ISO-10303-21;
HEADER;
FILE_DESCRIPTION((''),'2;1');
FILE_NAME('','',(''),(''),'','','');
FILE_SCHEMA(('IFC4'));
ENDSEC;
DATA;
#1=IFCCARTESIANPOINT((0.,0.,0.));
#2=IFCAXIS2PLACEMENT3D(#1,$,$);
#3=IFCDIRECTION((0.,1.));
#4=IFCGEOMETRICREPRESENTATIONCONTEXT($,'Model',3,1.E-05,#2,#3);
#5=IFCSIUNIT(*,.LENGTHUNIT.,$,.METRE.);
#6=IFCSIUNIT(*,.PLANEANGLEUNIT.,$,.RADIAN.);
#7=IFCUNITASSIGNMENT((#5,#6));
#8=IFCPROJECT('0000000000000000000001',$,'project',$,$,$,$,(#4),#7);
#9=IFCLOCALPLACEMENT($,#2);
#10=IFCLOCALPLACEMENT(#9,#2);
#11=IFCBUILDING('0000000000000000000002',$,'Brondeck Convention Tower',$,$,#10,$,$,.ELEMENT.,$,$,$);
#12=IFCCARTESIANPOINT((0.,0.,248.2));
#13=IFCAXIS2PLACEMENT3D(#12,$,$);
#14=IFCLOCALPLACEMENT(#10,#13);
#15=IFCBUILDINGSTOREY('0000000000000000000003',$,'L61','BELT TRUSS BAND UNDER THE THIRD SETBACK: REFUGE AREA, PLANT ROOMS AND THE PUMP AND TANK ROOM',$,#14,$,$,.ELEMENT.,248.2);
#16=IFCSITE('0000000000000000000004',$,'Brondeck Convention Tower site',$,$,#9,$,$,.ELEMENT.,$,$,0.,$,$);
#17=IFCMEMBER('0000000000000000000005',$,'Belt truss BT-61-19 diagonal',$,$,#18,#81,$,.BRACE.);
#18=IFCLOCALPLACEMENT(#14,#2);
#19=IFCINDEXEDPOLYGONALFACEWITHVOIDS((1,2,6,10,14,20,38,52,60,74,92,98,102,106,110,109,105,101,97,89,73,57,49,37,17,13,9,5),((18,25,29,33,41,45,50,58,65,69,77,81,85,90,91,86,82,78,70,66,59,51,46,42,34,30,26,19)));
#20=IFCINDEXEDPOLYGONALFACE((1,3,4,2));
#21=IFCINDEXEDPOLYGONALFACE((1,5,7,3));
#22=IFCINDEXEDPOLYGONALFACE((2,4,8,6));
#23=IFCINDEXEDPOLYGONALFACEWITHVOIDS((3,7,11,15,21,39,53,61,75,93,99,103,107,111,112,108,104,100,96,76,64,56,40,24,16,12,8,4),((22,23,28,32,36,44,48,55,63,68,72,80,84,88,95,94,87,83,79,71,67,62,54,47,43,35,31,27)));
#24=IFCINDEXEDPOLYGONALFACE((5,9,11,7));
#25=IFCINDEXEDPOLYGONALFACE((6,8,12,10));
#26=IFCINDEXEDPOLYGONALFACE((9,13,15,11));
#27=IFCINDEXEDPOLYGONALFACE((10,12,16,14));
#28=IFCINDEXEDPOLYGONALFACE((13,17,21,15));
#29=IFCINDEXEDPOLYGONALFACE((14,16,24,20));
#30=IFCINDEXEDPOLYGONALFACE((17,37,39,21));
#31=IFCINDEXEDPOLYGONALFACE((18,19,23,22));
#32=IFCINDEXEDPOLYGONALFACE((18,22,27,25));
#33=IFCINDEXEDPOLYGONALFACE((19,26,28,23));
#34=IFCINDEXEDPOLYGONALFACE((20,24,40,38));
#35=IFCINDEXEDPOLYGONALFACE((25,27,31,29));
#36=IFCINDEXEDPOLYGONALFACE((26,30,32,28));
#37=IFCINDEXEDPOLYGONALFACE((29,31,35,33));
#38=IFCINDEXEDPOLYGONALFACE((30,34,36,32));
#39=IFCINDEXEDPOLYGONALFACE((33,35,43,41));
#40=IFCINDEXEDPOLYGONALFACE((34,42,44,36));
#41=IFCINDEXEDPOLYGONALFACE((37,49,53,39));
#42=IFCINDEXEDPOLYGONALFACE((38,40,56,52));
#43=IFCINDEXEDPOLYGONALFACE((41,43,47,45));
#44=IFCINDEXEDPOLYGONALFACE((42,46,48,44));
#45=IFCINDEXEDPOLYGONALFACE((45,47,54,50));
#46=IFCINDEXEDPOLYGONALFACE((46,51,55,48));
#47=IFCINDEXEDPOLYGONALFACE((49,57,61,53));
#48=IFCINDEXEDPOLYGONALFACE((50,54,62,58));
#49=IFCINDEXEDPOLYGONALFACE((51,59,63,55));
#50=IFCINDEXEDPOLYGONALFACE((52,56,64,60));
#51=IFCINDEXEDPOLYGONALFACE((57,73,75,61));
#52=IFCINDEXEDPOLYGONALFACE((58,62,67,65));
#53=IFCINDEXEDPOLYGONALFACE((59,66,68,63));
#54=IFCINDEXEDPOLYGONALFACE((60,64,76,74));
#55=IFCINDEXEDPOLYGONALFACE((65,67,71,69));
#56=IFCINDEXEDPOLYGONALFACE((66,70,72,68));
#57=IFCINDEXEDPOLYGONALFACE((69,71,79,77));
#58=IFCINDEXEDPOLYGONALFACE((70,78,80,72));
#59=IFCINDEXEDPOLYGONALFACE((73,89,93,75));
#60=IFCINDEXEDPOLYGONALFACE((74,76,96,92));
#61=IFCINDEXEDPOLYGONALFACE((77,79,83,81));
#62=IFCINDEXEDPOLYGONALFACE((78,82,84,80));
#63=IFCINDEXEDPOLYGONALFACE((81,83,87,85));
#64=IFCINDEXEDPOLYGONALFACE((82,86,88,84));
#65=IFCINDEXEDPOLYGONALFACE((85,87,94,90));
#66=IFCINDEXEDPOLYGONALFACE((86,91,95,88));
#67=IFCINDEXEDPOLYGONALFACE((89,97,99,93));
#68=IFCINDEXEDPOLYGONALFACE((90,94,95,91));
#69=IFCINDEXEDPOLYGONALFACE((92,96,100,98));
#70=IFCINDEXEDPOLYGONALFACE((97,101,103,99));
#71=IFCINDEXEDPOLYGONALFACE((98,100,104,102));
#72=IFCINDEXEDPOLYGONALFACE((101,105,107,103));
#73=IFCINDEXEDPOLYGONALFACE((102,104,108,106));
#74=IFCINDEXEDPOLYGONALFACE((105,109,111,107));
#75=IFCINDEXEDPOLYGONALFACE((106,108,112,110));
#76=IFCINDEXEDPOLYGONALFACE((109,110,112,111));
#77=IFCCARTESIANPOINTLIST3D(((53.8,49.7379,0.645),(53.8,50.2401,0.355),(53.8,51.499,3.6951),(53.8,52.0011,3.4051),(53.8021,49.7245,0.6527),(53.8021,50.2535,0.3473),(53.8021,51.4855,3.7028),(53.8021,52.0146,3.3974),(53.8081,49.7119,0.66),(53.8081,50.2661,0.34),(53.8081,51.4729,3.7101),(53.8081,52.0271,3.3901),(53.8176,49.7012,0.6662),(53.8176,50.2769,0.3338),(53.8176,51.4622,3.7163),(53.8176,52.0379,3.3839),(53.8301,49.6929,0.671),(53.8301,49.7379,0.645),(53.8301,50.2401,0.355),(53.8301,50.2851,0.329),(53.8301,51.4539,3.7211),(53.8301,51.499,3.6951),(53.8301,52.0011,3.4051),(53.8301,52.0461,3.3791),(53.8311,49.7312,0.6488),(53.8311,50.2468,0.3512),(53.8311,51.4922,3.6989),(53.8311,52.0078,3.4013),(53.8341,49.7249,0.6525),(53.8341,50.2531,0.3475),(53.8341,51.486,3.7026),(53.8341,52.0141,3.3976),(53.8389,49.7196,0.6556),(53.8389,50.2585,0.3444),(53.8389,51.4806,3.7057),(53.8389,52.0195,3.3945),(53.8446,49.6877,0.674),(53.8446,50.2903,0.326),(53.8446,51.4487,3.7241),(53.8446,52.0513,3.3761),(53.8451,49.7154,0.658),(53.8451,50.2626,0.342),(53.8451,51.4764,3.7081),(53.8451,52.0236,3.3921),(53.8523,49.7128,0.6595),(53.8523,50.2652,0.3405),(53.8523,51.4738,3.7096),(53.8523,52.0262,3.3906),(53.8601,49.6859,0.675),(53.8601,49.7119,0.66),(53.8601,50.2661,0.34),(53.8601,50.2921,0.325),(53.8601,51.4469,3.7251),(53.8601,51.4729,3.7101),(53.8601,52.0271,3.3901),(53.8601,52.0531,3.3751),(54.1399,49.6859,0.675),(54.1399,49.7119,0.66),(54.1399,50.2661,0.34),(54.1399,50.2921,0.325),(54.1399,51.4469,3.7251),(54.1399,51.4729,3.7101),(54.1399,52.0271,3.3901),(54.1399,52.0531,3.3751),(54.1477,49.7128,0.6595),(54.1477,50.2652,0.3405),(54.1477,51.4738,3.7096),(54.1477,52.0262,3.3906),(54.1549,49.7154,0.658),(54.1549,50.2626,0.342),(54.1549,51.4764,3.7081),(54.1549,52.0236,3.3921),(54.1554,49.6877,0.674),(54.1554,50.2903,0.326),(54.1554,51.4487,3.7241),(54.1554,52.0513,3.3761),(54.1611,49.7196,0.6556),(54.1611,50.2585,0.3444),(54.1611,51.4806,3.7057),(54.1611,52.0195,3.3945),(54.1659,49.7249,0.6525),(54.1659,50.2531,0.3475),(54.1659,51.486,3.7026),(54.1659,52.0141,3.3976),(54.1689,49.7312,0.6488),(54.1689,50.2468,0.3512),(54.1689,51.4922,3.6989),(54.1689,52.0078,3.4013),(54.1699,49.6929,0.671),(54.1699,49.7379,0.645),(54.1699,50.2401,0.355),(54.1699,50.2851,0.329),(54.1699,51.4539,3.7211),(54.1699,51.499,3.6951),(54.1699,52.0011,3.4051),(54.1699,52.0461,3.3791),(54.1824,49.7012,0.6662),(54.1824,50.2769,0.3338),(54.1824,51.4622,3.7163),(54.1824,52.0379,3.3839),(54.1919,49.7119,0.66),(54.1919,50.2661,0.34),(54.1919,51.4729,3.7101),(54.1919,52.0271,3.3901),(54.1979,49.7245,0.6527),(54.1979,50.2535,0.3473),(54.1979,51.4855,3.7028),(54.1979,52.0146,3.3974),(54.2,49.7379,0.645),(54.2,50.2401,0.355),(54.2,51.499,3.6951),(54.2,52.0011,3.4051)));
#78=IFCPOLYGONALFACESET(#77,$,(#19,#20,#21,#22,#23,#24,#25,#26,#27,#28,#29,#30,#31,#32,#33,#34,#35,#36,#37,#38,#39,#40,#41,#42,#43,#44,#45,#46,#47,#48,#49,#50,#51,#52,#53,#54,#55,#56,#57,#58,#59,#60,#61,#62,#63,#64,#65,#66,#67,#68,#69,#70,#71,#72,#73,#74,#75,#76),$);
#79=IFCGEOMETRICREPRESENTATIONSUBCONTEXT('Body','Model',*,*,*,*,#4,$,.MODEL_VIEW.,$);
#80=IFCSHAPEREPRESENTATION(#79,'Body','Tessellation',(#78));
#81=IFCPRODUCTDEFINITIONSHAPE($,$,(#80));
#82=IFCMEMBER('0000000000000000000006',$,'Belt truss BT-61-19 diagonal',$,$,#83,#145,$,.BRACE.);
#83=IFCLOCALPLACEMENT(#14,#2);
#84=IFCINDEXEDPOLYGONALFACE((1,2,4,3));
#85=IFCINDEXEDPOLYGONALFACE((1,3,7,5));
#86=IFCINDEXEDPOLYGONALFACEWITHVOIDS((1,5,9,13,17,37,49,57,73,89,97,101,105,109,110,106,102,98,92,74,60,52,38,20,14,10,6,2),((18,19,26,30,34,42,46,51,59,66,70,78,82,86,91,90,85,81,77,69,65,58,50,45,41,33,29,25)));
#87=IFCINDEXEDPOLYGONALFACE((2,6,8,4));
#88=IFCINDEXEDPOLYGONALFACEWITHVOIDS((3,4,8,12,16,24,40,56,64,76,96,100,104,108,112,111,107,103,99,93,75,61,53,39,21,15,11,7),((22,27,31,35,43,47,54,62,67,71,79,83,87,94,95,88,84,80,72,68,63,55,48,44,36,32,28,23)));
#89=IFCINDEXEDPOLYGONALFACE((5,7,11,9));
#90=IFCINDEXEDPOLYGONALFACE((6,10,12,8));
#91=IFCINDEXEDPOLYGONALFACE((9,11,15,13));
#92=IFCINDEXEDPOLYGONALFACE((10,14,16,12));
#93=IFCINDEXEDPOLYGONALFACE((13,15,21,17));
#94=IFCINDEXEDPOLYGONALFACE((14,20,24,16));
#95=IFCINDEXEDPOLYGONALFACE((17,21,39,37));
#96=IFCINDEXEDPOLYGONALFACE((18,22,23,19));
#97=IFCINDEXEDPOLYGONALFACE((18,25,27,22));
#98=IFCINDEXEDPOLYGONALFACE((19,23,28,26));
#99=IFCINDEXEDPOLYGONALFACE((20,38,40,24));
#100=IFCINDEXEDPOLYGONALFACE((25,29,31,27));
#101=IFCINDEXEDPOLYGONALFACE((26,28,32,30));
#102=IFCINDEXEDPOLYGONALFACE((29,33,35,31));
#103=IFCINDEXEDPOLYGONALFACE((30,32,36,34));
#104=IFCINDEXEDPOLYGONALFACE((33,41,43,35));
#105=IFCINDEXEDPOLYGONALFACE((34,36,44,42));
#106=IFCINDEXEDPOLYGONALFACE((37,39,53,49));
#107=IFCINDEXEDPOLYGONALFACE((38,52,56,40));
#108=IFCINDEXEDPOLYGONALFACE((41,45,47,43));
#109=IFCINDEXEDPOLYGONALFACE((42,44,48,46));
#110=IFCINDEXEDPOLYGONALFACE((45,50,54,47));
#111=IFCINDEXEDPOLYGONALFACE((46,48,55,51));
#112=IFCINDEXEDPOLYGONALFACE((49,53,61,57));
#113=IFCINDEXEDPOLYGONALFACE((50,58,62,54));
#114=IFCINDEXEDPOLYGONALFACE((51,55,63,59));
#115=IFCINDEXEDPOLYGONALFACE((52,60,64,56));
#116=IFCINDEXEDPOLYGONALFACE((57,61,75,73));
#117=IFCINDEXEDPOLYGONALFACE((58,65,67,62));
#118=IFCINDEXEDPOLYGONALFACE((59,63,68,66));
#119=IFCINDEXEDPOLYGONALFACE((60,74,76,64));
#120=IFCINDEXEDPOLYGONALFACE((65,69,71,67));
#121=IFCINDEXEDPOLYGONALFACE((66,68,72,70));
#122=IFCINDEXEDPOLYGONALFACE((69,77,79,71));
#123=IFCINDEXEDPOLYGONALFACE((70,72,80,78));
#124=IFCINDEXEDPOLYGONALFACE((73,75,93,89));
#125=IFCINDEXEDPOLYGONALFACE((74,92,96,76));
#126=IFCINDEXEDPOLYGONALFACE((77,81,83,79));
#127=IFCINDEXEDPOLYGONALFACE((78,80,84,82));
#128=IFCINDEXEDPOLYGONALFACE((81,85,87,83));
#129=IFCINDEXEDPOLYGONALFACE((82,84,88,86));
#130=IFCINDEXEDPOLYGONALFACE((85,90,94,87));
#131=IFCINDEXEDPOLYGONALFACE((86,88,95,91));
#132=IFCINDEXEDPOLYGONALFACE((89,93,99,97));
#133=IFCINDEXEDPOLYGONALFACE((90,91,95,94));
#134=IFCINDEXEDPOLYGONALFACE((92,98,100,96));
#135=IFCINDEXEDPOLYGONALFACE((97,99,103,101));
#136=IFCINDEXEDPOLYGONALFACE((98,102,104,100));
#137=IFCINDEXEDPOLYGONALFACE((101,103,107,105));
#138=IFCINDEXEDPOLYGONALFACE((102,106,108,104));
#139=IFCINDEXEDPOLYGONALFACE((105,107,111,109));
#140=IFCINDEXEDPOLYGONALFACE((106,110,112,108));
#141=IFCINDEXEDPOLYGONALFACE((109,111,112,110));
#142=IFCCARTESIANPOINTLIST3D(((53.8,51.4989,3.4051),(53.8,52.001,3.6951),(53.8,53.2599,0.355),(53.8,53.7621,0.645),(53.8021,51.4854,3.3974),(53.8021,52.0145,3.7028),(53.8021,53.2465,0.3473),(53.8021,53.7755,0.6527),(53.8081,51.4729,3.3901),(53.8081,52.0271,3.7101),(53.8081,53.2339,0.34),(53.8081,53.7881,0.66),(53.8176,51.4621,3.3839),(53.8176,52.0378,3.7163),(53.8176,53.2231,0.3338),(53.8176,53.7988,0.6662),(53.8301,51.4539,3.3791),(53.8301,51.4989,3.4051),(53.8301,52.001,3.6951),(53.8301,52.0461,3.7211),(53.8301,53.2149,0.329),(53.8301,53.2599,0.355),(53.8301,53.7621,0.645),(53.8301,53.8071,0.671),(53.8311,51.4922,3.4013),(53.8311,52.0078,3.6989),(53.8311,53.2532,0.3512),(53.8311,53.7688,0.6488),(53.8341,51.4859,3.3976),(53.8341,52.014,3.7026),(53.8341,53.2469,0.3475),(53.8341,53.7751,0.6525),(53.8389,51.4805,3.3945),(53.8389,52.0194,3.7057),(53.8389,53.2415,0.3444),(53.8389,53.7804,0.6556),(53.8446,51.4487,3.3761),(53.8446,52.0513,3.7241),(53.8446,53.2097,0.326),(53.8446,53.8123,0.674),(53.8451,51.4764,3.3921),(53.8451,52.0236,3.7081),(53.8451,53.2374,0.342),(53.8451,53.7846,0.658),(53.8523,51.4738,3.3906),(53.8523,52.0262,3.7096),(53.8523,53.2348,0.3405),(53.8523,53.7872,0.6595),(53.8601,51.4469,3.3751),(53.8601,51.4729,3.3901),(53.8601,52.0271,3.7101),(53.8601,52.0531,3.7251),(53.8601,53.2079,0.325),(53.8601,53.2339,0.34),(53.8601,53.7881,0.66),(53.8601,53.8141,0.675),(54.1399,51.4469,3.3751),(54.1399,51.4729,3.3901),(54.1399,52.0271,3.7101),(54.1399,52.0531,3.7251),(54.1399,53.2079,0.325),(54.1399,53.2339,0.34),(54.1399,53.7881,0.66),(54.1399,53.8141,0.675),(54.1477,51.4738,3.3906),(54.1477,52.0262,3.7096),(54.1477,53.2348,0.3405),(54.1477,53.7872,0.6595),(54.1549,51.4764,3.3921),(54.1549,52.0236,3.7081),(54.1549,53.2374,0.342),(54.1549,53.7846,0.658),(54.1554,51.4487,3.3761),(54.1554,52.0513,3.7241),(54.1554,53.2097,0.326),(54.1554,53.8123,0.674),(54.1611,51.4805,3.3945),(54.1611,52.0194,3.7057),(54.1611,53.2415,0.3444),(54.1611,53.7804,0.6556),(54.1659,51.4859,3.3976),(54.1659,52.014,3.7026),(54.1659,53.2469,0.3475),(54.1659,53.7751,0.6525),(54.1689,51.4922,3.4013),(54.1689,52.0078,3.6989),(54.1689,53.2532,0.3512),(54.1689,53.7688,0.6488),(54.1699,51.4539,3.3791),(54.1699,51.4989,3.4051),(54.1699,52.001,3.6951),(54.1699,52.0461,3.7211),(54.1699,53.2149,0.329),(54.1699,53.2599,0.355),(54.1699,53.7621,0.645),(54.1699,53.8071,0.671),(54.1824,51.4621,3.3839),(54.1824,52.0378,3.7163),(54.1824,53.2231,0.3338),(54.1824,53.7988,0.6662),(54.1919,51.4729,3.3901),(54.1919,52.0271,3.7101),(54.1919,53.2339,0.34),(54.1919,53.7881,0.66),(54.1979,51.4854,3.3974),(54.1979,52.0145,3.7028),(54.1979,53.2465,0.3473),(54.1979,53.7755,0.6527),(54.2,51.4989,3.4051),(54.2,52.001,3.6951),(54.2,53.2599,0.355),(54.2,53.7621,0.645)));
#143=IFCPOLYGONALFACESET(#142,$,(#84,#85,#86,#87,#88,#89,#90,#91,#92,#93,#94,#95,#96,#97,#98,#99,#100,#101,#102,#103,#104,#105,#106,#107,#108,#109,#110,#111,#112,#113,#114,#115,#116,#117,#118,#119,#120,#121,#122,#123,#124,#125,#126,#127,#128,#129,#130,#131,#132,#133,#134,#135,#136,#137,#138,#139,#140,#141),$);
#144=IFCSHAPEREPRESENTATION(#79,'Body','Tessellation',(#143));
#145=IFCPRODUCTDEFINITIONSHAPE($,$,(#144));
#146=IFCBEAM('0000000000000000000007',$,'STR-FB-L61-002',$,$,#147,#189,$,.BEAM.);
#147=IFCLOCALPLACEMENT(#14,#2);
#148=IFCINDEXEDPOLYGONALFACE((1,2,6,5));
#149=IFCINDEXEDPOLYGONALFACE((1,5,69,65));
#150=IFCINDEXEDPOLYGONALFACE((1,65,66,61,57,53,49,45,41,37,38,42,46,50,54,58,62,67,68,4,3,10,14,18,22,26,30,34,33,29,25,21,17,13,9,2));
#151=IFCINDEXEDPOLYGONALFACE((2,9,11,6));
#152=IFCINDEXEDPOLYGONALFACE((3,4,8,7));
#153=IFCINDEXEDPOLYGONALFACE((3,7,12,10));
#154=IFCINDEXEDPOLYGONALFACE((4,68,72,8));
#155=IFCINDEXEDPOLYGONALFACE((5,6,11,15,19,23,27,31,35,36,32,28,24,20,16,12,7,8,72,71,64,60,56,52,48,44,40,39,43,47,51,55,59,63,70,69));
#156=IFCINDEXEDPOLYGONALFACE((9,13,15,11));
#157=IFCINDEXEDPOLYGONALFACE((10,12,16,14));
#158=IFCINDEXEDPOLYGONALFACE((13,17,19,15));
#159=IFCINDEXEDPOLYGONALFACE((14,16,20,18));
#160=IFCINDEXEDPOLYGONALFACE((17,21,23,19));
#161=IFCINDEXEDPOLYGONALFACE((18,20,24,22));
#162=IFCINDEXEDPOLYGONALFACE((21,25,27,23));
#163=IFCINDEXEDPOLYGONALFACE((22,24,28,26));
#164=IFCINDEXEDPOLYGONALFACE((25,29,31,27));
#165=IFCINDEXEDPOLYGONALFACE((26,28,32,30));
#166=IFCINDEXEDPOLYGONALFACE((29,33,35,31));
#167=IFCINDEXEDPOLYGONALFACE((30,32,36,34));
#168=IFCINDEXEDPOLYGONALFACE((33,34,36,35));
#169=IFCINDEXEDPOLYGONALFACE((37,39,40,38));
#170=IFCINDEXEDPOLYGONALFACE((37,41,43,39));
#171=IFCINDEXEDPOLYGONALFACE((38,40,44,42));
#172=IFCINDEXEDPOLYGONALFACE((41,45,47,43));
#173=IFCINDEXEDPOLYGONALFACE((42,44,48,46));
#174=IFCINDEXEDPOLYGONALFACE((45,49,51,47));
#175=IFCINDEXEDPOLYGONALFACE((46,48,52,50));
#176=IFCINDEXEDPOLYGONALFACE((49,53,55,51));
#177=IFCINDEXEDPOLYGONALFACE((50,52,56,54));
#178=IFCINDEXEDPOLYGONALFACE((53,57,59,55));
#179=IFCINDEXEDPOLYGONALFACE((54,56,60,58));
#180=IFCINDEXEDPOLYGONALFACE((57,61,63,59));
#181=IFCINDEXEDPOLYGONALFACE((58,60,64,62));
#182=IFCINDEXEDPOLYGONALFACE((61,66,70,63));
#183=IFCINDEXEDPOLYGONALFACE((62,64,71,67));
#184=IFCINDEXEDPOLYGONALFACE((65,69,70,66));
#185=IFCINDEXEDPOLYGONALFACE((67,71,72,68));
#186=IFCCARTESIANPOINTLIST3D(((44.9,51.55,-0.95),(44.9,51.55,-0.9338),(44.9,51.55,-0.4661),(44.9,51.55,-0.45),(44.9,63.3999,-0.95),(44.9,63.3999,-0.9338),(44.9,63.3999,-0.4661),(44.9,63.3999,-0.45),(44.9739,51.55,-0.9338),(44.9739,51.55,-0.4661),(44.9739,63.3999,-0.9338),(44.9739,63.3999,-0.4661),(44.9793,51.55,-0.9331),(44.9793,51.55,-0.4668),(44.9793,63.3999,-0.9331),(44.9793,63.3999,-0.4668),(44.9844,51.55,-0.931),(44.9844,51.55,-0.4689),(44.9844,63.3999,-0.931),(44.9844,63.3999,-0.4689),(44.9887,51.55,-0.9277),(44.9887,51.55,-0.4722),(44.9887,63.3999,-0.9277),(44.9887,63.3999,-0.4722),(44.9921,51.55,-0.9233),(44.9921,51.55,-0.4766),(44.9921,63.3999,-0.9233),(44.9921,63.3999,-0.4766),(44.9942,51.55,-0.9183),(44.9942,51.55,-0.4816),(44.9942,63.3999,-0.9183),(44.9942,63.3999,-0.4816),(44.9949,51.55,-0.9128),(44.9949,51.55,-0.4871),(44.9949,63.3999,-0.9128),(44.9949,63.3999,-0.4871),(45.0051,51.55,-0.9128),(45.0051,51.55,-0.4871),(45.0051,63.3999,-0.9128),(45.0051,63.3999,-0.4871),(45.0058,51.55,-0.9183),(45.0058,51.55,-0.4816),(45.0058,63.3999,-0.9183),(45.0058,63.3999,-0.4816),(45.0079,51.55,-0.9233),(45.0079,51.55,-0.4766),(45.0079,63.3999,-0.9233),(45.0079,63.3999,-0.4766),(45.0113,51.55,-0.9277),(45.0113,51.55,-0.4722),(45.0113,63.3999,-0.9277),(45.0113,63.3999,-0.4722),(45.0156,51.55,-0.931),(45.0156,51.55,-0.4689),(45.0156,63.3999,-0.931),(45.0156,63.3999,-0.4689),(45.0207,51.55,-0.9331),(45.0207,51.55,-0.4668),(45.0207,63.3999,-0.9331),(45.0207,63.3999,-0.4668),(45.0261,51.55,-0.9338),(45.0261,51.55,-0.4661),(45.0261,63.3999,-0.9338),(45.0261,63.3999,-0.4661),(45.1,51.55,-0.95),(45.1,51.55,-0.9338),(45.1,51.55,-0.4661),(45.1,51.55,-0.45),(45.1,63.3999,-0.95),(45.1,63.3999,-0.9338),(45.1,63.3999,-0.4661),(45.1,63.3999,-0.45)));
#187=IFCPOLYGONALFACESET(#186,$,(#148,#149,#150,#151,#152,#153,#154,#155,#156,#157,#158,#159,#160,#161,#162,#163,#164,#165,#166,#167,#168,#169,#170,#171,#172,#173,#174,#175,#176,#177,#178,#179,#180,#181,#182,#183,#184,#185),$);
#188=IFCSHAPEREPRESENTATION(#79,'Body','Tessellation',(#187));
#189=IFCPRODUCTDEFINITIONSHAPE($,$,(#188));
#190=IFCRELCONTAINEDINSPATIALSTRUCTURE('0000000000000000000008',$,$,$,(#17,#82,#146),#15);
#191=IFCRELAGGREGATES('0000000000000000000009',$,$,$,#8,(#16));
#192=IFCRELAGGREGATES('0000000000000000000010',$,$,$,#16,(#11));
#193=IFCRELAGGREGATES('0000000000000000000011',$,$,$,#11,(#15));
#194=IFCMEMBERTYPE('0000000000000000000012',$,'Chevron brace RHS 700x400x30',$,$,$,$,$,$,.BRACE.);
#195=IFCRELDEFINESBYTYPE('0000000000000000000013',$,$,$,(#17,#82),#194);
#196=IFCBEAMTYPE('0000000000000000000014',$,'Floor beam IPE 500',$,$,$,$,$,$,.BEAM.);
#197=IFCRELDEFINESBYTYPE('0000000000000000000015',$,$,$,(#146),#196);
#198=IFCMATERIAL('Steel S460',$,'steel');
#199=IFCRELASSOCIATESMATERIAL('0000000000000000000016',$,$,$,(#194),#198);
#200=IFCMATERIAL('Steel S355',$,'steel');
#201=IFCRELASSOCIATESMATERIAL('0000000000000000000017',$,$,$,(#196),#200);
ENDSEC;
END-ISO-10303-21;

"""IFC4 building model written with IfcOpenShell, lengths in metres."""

from ifc_helpers import new_model, si_unit, direction, frame, origin, origin_2d, place, context, subcontext, project, spatial, hollow_rectangle, i_section, extrude, material, material_profile, profile_set, type_object, element, save


model = new_model("IFC4")

# Units and contexts
model_context = context("Model", 3, precision=1e-05, world=origin(), true_north=direction((0.0, 1.0)))
body_context = subcontext(model_context, "Body", "Model", "MODEL_VIEW")
ifc_project = project(units=[si_unit("LENGTHUNIT", "METRE"), si_unit("PLANEANGLEUNIT", "RADIAN")], contexts=[model_context])

# Site, building, storey
site_placement = place(None, origin())
site = spatial("IfcSite", under=ifc_project, at=site_placement, Name="Brondeck Convention Tower site", CompositionType="ELEMENT", RefElevation=0.0)
building_placement = place(site_placement, origin())
building = spatial("IfcBuilding", under=site, at=building_placement, Name="Brondeck Convention Tower", CompositionType="ELEMENT")
storey_placement = place(building_placement, frame((0.0, 0.0, 248.2)))
storey = spatial("IfcBuildingStorey", under=building, at=storey_placement, Name="L61", Description="BELT TRUSS BAND UNDER THE THIRD SETBACK: REFUGE AREA, PLANT ROOMS AND THE PUMP AND TANK ROOM", CompositionType="ELEMENT", Elevation=248.2)

# Members
ifc_material_1 = material(Name="Steel S460", Category="steel")
ifc_material_profile_1 = material_profile(ifc_material_1, hollow_rectangle(XDim=0.3999, YDim=0.7, WallThickness=0.03, InnerFilletRadius=0.03, OuterFilletRadius=0.0601, at=origin_2d()), Name="RHS 700x400x30")
ifc_profile_set_1 = profile_set([ifc_material_profile_1], Name="Steel S460")
member_type = type_object("IfcMemberType", Name="Chevron brace RHS 700x400x30", PredefinedType="BRACE", material=ifc_profile_set_1)
for number, where, z_axis, x_axis, name in (
    (1, (54.0, 49.989, 0.5), (0.0, 0.500008, 0.866021), (-1.0, 0.0, 0.0), "Belt truss BT-61-19 diagonal"),
    (2, (54.0, 53.511, 0.5), (0.0, -0.500008, 0.866021), (1.0, 0.0, 0.0), "Belt truss BT-61-19 diagonal"),
):
    element("IfcMember", number, at=place(storey_placement, frame(where, z_axis=z_axis, x_axis=x_axis)), inside=storey, type_object=member_type, Name=name, PredefinedType="BRACE", context=body_context, shape_type="SweptSolid", body=[
        extrude(hollow_rectangle(XDim=0.3999, YDim=0.7, WallThickness=0.03, InnerFilletRadius=0.03, OuterFilletRadius=0.0601, at=origin_2d()), origin(), (0.0, 0.0, 1.0), 3.522),
    ])

# Beam
ifc_material_2 = material(Name="Steel S355", Category="steel")
ifc_material_profile_2 = material_profile(ifc_material_2, i_section(OverallWidth=0.2, OverallDepth=0.5, WebThickness=0.0103, FlangeThickness=0.0161, FilletRadius=0.021, at=origin_2d()), Name="IPE 500")
ifc_profile_set_2 = profile_set([ifc_material_profile_2], Name="Steel S355")
beam_type_1 = type_object("IfcBeamType", Name="Floor beam IPE 500", PredefinedType="BEAM", material=ifc_profile_set_2)
beam_1_placement = place(storey_placement, frame((45.0, 51.55, -0.7), z_axis=(0.0, 1.0, 0.0), x_axis=(-1.0, 0.0, 0.0)))
element("IfcBeam", 3, at=beam_1_placement, inside=storey, type_object=beam_type_1, Name="STR-FB-L61-002", PredefinedType="BEAM", context=body_context, shape_type="SweptSolid", body=[
    extrude(i_section(OverallWidth=0.2, OverallDepth=0.5, WebThickness=0.0103, FlangeThickness=0.0161, FilletRadius=0.021, at=origin_2d()), origin(), (0.0, 0.0, 1.0), 11.8499),
])

save(model, "model.ifc")
